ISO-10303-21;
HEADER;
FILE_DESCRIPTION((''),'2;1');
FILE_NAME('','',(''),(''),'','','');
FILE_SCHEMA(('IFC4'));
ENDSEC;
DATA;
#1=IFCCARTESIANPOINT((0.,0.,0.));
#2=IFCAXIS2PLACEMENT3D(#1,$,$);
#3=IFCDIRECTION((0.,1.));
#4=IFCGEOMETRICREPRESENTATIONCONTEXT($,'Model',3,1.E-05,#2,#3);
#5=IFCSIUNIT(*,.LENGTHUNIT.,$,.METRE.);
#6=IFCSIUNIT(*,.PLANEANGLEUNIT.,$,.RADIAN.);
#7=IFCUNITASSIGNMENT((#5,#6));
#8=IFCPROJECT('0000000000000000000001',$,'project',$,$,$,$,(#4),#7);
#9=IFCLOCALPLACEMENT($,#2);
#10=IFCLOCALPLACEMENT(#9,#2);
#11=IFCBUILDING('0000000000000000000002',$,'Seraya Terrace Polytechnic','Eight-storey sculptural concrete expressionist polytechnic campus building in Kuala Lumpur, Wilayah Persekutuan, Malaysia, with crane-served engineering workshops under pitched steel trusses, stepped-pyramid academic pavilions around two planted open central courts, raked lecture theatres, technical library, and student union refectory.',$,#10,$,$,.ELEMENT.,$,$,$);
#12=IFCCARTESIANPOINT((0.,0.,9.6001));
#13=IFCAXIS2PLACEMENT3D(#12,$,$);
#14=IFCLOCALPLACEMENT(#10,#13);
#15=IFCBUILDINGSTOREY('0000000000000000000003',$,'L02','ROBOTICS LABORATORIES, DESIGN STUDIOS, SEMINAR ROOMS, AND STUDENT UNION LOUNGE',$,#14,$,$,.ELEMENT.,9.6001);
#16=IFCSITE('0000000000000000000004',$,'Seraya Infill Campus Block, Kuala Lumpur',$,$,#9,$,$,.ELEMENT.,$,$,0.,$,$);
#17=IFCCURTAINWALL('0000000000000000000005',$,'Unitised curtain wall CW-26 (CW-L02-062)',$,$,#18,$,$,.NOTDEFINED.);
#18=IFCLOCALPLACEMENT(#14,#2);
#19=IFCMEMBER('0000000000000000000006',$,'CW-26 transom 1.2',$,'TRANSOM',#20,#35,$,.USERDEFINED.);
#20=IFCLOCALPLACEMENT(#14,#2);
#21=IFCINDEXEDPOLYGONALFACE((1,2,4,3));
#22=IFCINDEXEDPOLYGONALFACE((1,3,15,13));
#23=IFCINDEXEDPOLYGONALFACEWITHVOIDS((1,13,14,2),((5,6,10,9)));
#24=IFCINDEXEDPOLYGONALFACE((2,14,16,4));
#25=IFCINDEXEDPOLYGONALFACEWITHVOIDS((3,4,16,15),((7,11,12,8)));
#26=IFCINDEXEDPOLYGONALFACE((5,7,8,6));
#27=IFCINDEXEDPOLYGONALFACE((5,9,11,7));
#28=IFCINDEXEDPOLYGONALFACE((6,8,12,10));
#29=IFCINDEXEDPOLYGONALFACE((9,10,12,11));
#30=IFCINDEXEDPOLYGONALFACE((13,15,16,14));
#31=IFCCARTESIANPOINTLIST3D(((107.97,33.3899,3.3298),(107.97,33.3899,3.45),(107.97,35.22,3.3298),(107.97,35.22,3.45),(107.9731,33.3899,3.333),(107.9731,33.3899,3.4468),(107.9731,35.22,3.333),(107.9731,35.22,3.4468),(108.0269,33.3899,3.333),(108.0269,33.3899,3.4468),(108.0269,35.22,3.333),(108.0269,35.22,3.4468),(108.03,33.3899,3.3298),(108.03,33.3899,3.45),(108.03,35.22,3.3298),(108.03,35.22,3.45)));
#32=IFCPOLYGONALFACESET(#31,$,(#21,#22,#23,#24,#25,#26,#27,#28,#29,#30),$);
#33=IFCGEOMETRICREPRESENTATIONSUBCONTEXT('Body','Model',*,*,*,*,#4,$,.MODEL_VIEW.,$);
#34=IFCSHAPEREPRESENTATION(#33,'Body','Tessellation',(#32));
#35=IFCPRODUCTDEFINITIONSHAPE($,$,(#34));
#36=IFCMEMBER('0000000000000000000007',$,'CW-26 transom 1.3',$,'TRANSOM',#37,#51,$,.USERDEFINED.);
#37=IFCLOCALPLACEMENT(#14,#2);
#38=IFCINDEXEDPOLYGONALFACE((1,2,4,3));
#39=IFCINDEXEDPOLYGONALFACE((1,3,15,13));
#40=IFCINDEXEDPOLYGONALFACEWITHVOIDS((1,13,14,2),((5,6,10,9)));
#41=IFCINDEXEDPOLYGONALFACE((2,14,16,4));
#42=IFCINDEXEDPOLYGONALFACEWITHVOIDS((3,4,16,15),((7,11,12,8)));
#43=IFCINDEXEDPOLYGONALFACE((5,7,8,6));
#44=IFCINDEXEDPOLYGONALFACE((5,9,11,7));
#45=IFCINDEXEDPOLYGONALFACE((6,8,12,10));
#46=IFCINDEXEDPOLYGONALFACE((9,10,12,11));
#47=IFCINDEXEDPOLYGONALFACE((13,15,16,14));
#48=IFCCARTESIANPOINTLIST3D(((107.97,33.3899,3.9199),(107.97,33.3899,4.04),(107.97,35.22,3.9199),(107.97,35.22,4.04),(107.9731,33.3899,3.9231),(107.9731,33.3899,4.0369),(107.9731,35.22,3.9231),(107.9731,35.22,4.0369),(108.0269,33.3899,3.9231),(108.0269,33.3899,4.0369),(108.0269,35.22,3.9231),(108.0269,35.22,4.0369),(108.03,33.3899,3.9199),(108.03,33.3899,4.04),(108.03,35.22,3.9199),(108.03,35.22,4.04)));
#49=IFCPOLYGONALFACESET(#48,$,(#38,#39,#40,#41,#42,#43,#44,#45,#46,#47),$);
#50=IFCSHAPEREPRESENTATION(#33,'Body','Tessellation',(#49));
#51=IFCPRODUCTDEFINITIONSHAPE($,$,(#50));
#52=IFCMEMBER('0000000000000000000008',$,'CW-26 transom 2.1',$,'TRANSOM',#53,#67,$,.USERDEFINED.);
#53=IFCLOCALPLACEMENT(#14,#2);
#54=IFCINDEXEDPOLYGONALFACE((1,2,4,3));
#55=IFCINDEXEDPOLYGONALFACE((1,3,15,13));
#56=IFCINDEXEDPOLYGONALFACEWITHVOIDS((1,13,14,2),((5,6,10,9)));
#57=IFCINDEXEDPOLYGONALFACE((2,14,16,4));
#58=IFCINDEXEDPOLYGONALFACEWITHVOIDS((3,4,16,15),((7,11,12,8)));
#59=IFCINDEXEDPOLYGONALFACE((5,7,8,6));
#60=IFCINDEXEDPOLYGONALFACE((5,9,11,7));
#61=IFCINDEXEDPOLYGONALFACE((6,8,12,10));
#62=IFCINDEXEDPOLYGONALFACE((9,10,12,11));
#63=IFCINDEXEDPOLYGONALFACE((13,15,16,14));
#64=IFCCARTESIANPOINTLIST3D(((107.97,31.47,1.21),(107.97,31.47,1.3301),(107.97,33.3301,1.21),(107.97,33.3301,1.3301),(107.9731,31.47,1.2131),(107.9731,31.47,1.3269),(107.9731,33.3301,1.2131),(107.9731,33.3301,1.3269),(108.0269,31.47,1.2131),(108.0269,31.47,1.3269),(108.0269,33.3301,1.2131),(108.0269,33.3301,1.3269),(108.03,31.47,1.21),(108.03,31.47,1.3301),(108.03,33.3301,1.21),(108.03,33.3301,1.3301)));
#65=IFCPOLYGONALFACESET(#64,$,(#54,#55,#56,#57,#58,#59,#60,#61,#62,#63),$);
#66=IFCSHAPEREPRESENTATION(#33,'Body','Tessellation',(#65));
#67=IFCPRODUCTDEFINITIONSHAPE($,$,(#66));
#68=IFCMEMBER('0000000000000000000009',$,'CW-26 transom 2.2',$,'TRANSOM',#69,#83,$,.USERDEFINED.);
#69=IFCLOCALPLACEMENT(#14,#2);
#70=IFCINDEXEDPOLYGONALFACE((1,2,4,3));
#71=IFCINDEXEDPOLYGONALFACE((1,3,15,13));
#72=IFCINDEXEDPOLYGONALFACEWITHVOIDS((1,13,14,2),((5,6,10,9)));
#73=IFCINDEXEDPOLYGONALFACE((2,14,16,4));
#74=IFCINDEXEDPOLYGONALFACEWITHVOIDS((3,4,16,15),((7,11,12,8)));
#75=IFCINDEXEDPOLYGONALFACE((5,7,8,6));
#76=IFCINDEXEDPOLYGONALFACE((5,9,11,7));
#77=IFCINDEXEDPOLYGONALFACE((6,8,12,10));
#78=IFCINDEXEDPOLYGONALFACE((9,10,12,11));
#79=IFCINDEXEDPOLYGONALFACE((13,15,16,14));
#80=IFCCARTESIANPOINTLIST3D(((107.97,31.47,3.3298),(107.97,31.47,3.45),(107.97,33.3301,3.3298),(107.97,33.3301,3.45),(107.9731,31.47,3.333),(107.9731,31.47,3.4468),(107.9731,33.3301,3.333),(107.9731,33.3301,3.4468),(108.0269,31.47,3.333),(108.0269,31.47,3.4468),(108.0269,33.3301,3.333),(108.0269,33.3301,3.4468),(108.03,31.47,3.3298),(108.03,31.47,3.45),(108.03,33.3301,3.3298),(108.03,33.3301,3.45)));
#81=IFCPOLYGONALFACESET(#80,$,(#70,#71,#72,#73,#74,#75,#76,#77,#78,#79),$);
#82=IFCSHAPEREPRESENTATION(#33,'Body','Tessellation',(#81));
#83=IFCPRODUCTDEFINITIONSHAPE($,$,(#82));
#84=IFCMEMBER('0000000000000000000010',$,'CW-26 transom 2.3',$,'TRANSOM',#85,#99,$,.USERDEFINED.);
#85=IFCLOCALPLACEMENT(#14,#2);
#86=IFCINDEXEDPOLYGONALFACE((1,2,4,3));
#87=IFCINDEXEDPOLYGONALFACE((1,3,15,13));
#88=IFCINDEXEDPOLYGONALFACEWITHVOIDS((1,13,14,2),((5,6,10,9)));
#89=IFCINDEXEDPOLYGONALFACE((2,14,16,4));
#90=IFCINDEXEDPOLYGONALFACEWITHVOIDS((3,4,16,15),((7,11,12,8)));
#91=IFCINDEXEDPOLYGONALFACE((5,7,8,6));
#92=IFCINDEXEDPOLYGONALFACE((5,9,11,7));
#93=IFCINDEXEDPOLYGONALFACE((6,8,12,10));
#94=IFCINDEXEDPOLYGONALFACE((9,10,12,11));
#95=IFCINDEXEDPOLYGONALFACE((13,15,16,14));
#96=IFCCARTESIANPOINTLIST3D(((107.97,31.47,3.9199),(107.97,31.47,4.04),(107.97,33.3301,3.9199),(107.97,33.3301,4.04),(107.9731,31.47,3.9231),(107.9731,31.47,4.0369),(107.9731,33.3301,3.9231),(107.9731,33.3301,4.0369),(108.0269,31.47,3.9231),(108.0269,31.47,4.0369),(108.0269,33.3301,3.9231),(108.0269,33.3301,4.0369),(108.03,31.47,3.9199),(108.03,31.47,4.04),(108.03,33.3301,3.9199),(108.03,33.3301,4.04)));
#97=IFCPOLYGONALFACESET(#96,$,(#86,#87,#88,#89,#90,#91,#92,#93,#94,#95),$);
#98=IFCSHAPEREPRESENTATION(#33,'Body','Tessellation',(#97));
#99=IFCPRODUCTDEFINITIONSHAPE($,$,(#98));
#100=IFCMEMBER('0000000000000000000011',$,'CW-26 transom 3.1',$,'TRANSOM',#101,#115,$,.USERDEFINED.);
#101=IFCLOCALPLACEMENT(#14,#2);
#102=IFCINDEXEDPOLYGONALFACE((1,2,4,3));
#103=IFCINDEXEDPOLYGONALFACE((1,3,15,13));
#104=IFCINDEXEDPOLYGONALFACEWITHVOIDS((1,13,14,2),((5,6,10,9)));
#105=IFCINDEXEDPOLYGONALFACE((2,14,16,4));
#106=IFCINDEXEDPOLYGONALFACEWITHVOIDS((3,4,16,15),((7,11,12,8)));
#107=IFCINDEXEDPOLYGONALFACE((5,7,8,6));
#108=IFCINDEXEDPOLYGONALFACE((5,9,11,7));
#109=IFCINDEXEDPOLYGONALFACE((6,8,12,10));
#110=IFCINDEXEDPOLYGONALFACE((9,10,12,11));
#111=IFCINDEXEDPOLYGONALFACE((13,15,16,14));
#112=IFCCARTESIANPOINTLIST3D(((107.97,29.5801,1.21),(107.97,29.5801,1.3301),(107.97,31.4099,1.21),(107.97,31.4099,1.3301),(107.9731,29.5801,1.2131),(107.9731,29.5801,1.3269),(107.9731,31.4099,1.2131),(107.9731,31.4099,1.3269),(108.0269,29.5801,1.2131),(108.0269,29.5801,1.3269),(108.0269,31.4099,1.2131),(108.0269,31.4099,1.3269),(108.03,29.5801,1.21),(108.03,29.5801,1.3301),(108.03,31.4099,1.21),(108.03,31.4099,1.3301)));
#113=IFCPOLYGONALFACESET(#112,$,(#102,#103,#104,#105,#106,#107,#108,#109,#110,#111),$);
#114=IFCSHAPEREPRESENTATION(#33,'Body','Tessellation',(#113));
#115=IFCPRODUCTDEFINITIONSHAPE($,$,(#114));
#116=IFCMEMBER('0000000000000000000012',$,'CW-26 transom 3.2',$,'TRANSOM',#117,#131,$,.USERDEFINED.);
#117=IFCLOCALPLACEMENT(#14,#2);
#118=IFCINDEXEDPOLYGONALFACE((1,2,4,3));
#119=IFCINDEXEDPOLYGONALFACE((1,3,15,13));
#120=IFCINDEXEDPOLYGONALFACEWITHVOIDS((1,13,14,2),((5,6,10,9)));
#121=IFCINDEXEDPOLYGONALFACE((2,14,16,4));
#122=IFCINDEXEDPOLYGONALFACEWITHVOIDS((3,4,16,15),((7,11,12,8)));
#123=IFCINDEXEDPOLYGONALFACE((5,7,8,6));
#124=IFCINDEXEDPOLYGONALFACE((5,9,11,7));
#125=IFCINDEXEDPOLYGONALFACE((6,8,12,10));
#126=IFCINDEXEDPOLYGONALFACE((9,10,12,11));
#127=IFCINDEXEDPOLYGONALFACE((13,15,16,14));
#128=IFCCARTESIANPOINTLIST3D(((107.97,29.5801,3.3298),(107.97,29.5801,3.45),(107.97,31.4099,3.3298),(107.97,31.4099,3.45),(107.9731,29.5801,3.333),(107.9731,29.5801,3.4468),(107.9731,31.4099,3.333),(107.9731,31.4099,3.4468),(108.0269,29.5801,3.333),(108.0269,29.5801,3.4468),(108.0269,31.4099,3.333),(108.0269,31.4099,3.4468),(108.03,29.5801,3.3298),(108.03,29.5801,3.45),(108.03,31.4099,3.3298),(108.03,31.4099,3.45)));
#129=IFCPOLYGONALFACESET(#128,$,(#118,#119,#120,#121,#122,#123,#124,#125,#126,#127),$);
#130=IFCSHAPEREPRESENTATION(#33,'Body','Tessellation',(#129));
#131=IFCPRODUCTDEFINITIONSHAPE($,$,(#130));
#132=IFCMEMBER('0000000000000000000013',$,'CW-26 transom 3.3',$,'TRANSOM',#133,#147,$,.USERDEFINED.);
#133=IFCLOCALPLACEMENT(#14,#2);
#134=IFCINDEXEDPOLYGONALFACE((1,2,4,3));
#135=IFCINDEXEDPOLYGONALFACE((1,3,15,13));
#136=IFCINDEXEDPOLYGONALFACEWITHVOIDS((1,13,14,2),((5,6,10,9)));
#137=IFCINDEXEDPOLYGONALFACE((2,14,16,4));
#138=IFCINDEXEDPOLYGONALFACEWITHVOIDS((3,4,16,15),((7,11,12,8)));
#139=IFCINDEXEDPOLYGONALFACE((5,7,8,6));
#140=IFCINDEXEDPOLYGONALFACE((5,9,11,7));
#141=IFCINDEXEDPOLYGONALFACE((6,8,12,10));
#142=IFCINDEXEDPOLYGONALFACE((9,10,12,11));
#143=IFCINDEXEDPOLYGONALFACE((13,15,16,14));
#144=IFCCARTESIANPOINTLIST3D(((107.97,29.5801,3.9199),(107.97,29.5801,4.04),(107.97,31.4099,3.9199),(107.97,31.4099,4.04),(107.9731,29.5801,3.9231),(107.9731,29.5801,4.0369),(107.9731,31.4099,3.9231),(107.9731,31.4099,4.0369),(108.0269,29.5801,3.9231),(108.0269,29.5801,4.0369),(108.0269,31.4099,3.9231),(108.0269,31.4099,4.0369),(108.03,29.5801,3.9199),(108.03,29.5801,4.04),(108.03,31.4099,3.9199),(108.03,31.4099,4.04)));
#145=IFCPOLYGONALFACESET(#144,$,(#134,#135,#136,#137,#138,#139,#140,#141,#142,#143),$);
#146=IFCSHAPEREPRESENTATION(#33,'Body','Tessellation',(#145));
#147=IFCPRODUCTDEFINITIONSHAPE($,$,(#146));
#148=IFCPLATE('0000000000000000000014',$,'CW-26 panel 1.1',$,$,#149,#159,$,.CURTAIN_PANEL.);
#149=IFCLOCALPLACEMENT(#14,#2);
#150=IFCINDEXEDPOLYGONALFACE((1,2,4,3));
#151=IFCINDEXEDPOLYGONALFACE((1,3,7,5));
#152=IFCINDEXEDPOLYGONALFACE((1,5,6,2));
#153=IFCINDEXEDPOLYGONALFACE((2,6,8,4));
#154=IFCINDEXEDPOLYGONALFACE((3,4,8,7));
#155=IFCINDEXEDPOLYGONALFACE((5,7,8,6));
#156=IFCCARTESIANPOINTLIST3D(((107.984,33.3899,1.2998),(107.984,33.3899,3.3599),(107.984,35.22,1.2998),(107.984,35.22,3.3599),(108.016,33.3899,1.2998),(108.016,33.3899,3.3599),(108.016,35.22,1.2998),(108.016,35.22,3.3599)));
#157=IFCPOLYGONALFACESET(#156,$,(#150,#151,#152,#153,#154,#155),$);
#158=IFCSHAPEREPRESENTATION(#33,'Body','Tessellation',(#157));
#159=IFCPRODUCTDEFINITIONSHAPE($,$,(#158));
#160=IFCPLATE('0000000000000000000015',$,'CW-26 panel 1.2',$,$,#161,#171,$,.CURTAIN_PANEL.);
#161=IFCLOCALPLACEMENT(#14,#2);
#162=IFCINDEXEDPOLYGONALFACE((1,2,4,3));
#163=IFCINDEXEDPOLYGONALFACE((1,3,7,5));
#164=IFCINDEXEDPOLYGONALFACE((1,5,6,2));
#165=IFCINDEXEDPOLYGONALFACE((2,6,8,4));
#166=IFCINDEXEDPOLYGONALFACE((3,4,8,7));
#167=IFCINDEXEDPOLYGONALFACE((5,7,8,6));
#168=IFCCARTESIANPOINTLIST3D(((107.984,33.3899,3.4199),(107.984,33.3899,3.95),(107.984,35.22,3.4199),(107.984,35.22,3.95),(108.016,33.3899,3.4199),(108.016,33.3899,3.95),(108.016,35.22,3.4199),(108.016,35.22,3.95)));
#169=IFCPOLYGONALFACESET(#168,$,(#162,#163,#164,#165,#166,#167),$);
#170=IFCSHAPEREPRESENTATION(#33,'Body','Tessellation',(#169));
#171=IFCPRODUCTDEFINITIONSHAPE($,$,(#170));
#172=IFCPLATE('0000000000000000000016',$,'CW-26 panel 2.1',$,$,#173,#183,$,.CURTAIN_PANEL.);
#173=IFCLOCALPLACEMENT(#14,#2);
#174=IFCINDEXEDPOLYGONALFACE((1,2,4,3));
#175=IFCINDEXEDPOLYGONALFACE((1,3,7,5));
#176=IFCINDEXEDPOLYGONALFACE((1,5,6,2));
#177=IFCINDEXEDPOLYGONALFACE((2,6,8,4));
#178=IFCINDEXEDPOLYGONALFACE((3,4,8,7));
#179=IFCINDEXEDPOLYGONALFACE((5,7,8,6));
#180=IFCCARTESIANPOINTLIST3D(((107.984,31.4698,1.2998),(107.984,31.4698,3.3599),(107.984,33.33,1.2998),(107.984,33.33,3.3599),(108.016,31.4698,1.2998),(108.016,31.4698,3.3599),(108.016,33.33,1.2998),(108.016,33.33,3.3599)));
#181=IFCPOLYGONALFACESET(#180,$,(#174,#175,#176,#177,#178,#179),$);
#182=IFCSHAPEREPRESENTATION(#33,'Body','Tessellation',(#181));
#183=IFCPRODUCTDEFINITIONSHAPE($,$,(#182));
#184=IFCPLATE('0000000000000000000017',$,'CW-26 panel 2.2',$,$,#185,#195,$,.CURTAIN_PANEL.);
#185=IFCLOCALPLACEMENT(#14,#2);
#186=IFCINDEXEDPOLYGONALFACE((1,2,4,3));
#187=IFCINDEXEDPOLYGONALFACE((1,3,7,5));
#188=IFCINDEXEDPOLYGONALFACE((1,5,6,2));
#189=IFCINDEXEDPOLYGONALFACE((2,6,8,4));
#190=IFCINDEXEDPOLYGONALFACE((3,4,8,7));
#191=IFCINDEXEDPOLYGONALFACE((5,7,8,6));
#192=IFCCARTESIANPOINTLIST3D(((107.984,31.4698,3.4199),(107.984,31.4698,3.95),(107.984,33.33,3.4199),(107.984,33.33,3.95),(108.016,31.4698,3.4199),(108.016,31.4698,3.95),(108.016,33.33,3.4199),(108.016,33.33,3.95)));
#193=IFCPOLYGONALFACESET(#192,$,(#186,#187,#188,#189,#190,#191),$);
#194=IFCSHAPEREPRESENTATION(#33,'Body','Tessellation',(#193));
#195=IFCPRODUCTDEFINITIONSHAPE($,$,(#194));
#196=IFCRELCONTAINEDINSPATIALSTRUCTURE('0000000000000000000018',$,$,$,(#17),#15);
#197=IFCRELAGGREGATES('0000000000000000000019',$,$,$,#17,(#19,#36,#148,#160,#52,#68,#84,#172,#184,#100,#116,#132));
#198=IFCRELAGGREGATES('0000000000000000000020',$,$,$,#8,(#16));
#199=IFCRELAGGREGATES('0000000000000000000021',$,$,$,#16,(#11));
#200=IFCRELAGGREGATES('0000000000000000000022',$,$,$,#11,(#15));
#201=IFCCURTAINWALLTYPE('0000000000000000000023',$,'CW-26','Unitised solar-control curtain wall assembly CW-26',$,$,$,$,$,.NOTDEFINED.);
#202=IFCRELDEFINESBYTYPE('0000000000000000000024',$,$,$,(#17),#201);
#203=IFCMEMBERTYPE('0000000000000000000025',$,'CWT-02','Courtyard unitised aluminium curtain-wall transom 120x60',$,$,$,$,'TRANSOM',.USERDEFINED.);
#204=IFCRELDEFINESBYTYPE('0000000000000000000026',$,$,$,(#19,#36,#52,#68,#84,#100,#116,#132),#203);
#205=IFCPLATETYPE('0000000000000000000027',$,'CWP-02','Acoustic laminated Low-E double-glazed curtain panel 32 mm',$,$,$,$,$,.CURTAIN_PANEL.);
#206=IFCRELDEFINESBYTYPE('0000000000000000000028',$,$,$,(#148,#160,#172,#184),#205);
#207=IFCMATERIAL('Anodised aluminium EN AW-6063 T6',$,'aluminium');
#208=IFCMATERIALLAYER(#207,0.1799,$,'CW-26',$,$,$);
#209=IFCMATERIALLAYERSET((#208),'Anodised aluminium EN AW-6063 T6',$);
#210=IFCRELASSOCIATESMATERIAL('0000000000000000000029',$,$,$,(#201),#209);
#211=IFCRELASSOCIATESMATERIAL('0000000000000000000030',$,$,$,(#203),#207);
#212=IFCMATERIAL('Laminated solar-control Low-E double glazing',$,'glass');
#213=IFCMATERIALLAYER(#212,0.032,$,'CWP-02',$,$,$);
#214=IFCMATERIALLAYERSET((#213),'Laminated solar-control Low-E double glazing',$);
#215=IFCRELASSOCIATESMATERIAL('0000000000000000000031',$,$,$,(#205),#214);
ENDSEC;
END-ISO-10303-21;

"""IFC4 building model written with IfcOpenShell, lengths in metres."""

from ifc_helpers import new_model, si_unit, direction, frame, origin, origin_2d, place, context, subcontext, project, spatial, rectangle, hollow_rectangle, extrude, material, layer, layer_set, material_profile, profile_set, type_object, element, aggregate, save


model = new_model("IFC4")

# Units and contexts
model_context = context("Model", 3, precision=1e-05, world=origin(), true_north=direction((0.0, 1.0)))
body_context = subcontext(model_context, "Body", "Model", "MODEL_VIEW")
ifc_project = project(units=[si_unit("LENGTHUNIT", "METRE"), si_unit("PLANEANGLEUNIT", "RADIAN")], contexts=[model_context])

# Site, building, storey
site_placement = place(None, origin())
site = spatial("IfcSite", under=ifc_project, at=site_placement, Name="Seraya Infill Campus Block, Kuala Lumpur", CompositionType="ELEMENT", RefElevation=0.0)
building_placement = place(site_placement, origin())
building = spatial("IfcBuilding", under=site, at=building_placement, Name="Seraya Terrace Polytechnic", Description="Eight-storey sculptural concrete expressionist polytechnic campus building in Kuala Lumpur, Wilayah Persekutuan, Malaysia, with crane-served engineering workshops under pitched steel trusses, stepped-pyramid academic pavilions around two planted open central courts, raked lecture theatres, technical library, and student union refectory.", CompositionType="ELEMENT")
storey_placement = place(building_placement, frame((0.0, 0.0, 9.6001)))
storey = spatial("IfcBuildingStorey", under=building, at=storey_placement, Name="L02", Description="ROBOTICS LABORATORIES, DESIGN STUDIOS, SEMINAR ROOMS, AND STUDENT UNION LOUNGE", CompositionType="ELEMENT", Elevation=9.6001)

# Curtain wall
ifc_material_1 = material(Name="Anodised aluminium EN AW-6063 T6", Category="aluminium")
ifc_layer_1 = layer(ifc_material_1, 0.1799, Name="CW-26")
ifc_layer_set_1 = layer_set([ifc_layer_1], Name="Anodised aluminium EN AW-6063 T6")
curtain_wall_type_1 = type_object("IfcCurtainWallType", Name="CW-26", Description="Unitised solar-control curtain wall assembly CW-26", PredefinedType="NOTDEFINED", material=ifc_layer_set_1)
curtain_wall_1_placement = place(storey_placement, origin())
curtain_wall_1 = element("IfcCurtainWall", 1, at=curtain_wall_1_placement, inside=storey, type_object=curtain_wall_type_1, Name="Unitised curtain wall CW-26 (CW-L02-062)", PredefinedType="NOTDEFINED")

# Members
ifc_material_profile_1 = material_profile(ifc_material_1, hollow_rectangle(XDim=0.0601, YDim=0.1201, WallThickness=0.0032, at=origin_2d()), Name="RHS 120x60x3.2")
ifc_profile_set_1 = profile_set([ifc_material_profile_1], Name="Anodised aluminium EN AW-6063 T6")
member_type_1 = type_object("IfcMemberType", Name="CWT-02", Description="Courtyard unitised aluminium curtain-wall transom 120x60", ElementType="TRANSOM", PredefinedType="USERDEFINED", material=ifc_profile_set_1)
member_1_placement = place(storey_placement, frame((108.0, 35.22, 3.3899), z_axis=(0.0, -1.0, 0.0), x_axis=(1.0, 0.0, 0.0)))
member_1 = element("IfcMember", 2, at=member_1_placement, type_object=member_type_1, Name="CW-26 transom 1.2", ObjectType="TRANSOM", PredefinedType="USERDEFINED", context=body_context, shape_type="SweptSolid", body=[
    extrude(hollow_rectangle(XDim=0.0601, YDim=0.1201, WallThickness=0.0032, at=origin_2d()), origin(), (0.0, 0.0, 1.0), 1.8301),
])
member_2_placement = place(storey_placement, frame((108.0, 35.22, 3.98), z_axis=(0.0, -1.0, 0.0), x_axis=(1.0, 0.0, 0.0)))
member_2 = element("IfcMember", 3, at=member_2_placement, type_object=member_type_1, Name="CW-26 transom 1.3", ObjectType="TRANSOM", PredefinedType="USERDEFINED", context=body_context, shape_type="SweptSolid", body=[
    extrude(hollow_rectangle(XDim=0.0601, YDim=0.1201, WallThickness=0.0032, at=origin_2d()), origin(), (0.0, 0.0, 1.0), 1.8301),
])
member_3_placement = place(storey_placement, frame((108.0, 33.3301, 1.27), z_axis=(0.0, -1.0, 0.0), x_axis=(1.0, 0.0, 0.0)))
member_3 = element("IfcMember", 4, at=member_3_placement, type_object=member_type_1, Name="CW-26 transom 2.1", ObjectType="TRANSOM", PredefinedType="USERDEFINED", context=body_context, shape_type="SweptSolid", body=[
    extrude(hollow_rectangle(XDim=0.0601, YDim=0.1201, WallThickness=0.0032, at=origin_2d()), origin(), (0.0, 0.0, 1.0), 1.8601),
])
member_4_placement = place(storey_placement, frame((108.0, 33.3301, 3.3899), z_axis=(0.0, -1.0, 0.0), x_axis=(1.0, 0.0, 0.0)))
member_4 = element("IfcMember", 5, at=member_4_placement, type_object=member_type_1, Name="CW-26 transom 2.2", ObjectType="TRANSOM", PredefinedType="USERDEFINED", context=body_context, shape_type="SweptSolid", body=[
    extrude(hollow_rectangle(XDim=0.0601, YDim=0.1201, WallThickness=0.0032, at=origin_2d()), origin(), (0.0, 0.0, 1.0), 1.8601),
])
member_5_placement = place(storey_placement, frame((108.0, 33.3301, 3.98), z_axis=(0.0, -1.0, 0.0), x_axis=(1.0, 0.0, 0.0)))
member_5 = element("IfcMember", 6, at=member_5_placement, type_object=member_type_1, Name="CW-26 transom 2.3", ObjectType="TRANSOM", PredefinedType="USERDEFINED", context=body_context, shape_type="SweptSolid", body=[
    extrude(hollow_rectangle(XDim=0.0601, YDim=0.1201, WallThickness=0.0032, at=origin_2d()), origin(), (0.0, 0.0, 1.0), 1.8601),
])
member_6_placement = place(storey_placement, frame((108.0, 31.4099, 1.27), z_axis=(0.0, -1.0, 0.0), x_axis=(1.0, 0.0, 0.0)))
member_6 = element("IfcMember", 7, at=member_6_placement, type_object=member_type_1, Name="CW-26 transom 3.1", ObjectType="TRANSOM", PredefinedType="USERDEFINED", context=body_context, shape_type="SweptSolid", body=[
    extrude(hollow_rectangle(XDim=0.0601, YDim=0.1201, WallThickness=0.0032, at=origin_2d()), origin(), (0.0, 0.0, 1.0), 1.8298),
])
member_7_placement = place(storey_placement, frame((108.0, 31.4099, 3.3899), z_axis=(0.0, -1.0, 0.0), x_axis=(1.0, 0.0, 0.0)))
member_7 = element("IfcMember", 8, at=member_7_placement, type_object=member_type_1, Name="CW-26 transom 3.2", ObjectType="TRANSOM", PredefinedType="USERDEFINED", context=body_context, shape_type="SweptSolid", body=[
    extrude(hollow_rectangle(XDim=0.0601, YDim=0.1201, WallThickness=0.0032, at=origin_2d()), origin(), (0.0, 0.0, 1.0), 1.8298),
])
member_8_placement = place(storey_placement, frame((108.0, 31.4099, 3.98), z_axis=(0.0, -1.0, 0.0), x_axis=(1.0, 0.0, 0.0)))
member_8 = element("IfcMember", 9, at=member_8_placement, type_object=member_type_1, Name="CW-26 transom 3.3", ObjectType="TRANSOM", PredefinedType="USERDEFINED", context=body_context, shape_type="SweptSolid", body=[
    extrude(hollow_rectangle(XDim=0.0601, YDim=0.1201, WallThickness=0.0032, at=origin_2d()), origin(), (0.0, 0.0, 1.0), 1.8298),
])

# Plates
ifc_material_2 = material(Name="Laminated solar-control Low-E double glazing", Category="glass")
ifc_layer_2 = layer(ifc_material_2, 0.032, Name="CWP-02")
ifc_layer_set_2 = layer_set([ifc_layer_2], Name="Laminated solar-control Low-E double glazing")
plate_type_1 = type_object("IfcPlateType", Name="CWP-02", Description="Acoustic laminated Low-E double-glazed curtain panel 32 mm", PredefinedType="CURTAIN_PANEL", material=ifc_layer_set_2)
plate_1_placement = place(storey_placement, frame((108.0, 34.3049, 1.2998), z_axis=(0.0, 0.0, 1.0), x_axis=(0.0, -1.0, 0.0)))
plate_1 = element("IfcPlate", 10, at=plate_1_placement, type_object=plate_type_1, Name="CW-26 panel 1.1", PredefinedType="CURTAIN_PANEL", context=body_context, shape_type="SweptSolid", body=[
    extrude(rectangle(XDim=1.8301, YDim=0.032, at=origin_2d()), origin(), (0.0, 0.0, 1.0), 2.0601),
])
plate_2_placement = place(storey_placement, frame((108.0, 34.3049, 3.4199), z_axis=(0.0, 0.0, 1.0), x_axis=(0.0, -1.0, 0.0)))
plate_2 = element("IfcPlate", 11, at=plate_2_placement, type_object=plate_type_1, Name="CW-26 panel 1.2", PredefinedType="CURTAIN_PANEL", context=body_context, shape_type="SweptSolid", body=[
    extrude(rectangle(XDim=1.8301, YDim=0.032, at=origin_2d()), origin(), (0.0, 0.0, 1.0), 0.53),
])
plate_3_placement = place(storey_placement, frame((108.0, 32.3999, 1.2998), z_axis=(0.0, 0.0, 1.0), x_axis=(0.0, -1.0, 0.0)))
plate_3 = element("IfcPlate", 12, at=plate_3_placement, type_object=plate_type_1, Name="CW-26 panel 2.1", PredefinedType="CURTAIN_PANEL", context=body_context, shape_type="SweptSolid", body=[
    extrude(rectangle(XDim=1.8601, YDim=0.032, at=origin_2d()), origin(), (0.0, 0.0, 1.0), 2.0601),
])
plate_4_placement = place(storey_placement, frame((108.0, 32.3999, 3.4199), z_axis=(0.0, 0.0, 1.0), x_axis=(0.0, -1.0, 0.0)))
plate_4 = element("IfcPlate", 13, at=plate_4_placement, type_object=plate_type_1, Name="CW-26 panel 2.2", PredefinedType="CURTAIN_PANEL", context=body_context, shape_type="SweptSolid", body=[
    extrude(rectangle(XDim=1.8601, YDim=0.032, at=origin_2d()), origin(), (0.0, 0.0, 1.0), 0.53),
])
aggregate(curtain_wall_1, [member_1, member_2, plate_1, plate_2, member_3, member_4, member_5, plate_3, plate_4, member_6, member_7, member_8])

save(model, "model.ifc")
